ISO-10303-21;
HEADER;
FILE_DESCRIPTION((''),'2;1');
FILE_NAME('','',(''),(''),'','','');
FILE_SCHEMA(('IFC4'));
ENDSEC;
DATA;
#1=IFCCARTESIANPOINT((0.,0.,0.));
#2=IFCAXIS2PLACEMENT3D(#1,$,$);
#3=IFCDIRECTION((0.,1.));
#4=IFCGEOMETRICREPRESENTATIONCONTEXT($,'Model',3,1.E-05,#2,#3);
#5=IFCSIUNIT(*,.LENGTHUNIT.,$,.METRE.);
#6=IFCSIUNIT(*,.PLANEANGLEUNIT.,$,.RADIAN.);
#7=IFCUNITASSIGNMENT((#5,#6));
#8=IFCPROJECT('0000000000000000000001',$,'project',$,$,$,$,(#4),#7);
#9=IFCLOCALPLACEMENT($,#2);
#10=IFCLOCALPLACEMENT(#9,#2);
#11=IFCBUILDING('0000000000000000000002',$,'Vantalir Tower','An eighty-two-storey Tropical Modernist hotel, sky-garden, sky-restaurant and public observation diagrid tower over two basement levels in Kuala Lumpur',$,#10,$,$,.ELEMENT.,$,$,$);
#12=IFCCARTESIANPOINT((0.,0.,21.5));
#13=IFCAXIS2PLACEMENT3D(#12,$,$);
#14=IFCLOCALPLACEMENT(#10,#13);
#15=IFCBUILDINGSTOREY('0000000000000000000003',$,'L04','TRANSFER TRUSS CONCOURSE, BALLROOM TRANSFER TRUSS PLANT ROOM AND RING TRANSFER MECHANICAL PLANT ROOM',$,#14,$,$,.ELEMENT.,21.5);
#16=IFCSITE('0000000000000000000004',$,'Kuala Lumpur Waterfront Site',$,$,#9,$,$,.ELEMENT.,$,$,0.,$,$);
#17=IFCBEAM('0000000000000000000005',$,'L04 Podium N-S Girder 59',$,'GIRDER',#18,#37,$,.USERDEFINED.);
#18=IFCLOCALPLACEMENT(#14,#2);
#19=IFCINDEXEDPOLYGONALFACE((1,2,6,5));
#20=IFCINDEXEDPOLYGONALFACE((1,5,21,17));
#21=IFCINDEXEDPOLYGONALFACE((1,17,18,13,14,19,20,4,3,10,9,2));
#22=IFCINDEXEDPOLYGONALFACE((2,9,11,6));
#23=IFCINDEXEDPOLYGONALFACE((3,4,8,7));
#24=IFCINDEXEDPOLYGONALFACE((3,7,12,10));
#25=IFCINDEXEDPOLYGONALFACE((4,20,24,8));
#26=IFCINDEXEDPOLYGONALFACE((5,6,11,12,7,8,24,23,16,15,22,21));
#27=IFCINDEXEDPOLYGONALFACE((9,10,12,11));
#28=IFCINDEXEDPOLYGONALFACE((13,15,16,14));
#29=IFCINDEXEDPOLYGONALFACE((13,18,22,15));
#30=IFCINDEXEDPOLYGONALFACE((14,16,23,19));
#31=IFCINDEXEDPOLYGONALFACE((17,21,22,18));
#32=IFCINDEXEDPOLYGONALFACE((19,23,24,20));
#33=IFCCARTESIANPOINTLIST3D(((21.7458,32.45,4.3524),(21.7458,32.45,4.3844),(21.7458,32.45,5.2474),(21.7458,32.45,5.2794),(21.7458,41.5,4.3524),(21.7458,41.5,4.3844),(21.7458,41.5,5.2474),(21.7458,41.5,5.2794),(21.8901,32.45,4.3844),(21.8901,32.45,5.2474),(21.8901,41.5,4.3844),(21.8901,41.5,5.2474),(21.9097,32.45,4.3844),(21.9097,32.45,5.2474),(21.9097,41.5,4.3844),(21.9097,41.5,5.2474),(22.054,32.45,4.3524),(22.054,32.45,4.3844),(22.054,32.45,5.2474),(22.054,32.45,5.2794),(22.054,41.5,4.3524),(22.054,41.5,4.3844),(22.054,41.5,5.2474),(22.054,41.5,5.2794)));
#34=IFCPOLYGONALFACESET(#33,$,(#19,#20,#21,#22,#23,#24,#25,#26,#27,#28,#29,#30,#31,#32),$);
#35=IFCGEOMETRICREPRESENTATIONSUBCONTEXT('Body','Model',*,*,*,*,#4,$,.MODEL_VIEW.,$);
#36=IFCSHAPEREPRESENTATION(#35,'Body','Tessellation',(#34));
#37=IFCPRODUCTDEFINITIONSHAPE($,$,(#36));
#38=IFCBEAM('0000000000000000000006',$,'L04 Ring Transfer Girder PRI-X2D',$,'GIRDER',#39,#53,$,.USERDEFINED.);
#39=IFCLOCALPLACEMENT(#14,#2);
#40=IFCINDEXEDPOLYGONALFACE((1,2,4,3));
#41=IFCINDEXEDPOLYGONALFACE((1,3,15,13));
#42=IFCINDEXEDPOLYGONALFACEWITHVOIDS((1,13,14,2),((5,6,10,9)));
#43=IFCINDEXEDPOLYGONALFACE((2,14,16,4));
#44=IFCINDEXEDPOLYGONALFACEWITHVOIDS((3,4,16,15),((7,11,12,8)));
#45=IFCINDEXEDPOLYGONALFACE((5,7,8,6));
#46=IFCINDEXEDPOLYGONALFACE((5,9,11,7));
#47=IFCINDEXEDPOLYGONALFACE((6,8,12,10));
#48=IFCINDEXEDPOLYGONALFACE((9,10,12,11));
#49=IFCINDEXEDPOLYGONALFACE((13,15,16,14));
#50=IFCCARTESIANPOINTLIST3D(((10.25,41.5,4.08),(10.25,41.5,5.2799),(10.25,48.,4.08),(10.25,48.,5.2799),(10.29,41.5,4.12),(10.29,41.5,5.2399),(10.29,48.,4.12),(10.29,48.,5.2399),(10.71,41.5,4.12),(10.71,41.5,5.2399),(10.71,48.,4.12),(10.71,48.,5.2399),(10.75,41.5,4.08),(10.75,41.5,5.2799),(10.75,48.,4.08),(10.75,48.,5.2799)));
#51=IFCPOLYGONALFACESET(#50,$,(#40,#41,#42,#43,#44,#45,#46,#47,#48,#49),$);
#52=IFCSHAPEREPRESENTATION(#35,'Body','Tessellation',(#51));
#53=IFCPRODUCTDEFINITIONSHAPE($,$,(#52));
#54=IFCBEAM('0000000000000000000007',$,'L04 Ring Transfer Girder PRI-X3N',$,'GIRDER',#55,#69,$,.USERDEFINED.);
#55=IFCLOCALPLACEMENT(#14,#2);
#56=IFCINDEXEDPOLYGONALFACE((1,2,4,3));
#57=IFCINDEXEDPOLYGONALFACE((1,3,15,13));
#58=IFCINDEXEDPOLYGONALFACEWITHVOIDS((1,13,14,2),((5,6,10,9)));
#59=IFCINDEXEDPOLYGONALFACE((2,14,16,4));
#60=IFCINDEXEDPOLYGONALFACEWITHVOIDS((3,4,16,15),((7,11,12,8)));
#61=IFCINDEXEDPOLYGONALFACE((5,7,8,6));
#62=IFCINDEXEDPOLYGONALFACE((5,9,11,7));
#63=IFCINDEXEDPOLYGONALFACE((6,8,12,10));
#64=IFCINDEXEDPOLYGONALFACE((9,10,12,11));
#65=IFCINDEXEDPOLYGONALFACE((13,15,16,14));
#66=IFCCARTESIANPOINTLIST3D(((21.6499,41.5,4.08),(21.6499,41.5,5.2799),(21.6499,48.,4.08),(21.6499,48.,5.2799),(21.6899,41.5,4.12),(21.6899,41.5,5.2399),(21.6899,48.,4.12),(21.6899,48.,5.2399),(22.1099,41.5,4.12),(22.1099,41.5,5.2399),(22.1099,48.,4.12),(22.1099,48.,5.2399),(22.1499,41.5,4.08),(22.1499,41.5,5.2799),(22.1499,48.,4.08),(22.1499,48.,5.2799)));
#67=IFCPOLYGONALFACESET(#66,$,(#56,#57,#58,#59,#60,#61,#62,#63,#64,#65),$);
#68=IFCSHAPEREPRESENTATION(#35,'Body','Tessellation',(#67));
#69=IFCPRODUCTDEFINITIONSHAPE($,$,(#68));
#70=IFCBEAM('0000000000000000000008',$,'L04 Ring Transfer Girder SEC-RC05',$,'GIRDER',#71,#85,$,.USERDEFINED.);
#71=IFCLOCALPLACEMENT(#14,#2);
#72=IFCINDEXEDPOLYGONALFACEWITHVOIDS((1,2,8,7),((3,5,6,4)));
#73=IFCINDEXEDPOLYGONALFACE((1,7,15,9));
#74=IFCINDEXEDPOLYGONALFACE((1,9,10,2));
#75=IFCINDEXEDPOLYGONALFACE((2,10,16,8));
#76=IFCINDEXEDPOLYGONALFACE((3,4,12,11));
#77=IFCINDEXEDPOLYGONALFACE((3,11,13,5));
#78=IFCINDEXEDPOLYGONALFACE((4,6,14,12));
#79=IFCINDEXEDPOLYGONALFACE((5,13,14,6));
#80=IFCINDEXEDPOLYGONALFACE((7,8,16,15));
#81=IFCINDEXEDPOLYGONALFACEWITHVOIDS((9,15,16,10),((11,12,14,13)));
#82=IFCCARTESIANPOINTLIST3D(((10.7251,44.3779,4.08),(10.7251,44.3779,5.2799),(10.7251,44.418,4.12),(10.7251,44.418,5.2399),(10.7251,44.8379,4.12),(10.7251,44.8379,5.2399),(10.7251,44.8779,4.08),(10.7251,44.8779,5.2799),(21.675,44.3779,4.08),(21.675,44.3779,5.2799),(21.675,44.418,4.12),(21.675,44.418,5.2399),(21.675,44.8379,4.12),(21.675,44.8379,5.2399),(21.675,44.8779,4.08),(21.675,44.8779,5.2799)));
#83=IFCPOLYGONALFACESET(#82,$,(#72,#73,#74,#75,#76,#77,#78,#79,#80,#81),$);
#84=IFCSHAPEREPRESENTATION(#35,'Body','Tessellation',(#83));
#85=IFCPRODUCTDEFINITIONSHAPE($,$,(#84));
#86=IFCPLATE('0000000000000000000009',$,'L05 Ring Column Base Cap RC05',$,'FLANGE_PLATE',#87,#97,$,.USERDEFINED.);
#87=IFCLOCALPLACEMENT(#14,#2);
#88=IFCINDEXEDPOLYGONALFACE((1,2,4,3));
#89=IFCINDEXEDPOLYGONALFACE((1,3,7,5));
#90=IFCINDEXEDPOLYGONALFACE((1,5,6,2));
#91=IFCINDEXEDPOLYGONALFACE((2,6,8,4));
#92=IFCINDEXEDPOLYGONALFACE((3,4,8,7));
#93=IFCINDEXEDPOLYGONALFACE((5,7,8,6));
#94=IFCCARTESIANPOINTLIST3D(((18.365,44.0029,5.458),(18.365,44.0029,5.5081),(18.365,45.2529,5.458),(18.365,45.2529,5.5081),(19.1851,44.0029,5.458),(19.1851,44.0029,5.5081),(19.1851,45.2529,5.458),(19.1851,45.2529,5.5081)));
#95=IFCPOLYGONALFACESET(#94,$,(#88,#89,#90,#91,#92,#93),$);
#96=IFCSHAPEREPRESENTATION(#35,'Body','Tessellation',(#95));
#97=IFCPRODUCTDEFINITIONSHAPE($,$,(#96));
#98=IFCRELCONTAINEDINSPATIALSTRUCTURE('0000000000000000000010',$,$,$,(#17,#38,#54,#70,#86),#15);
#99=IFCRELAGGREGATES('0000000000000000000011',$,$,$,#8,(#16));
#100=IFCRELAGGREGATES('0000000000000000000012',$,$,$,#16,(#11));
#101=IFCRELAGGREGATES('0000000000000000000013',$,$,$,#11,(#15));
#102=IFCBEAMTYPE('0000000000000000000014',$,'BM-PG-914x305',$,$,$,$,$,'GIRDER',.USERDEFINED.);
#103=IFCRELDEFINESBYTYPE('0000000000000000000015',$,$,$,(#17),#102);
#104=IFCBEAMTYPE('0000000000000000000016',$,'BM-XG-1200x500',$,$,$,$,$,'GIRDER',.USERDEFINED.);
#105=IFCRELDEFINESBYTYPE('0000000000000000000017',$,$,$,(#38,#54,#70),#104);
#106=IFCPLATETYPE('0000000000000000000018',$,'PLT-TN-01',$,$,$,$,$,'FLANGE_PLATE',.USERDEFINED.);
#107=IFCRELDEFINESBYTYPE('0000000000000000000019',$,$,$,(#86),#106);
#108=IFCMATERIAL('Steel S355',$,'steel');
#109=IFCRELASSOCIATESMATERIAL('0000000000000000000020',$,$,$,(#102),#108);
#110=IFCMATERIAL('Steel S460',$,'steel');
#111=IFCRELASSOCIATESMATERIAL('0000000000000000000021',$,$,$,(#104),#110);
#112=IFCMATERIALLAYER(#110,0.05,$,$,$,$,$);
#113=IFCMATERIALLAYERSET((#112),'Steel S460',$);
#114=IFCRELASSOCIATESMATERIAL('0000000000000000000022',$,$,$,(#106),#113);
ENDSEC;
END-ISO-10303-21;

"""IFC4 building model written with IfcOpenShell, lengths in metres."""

from ifc_helpers import new_model, si_unit, direction, frame, origin, origin_2d, place, context, subcontext, project, spatial, polyline, hollow_rectangle, i_section, outline, extrude, material, layer, layer_set, material_profile, profile_set, type_object, element, save


model = new_model("IFC4")

# Units and contexts
model_context = context("Model", 3, precision=1e-05, world=origin(), true_north=direction((0.0, 1.0)))
body_context = subcontext(model_context, "Body", "Model", "MODEL_VIEW")
ifc_project = project(units=[si_unit("LENGTHUNIT", "METRE"), si_unit("PLANEANGLEUNIT", "RADIAN")], contexts=[model_context])

# Site, building, storey
site_placement = place(None, origin())
site = spatial("IfcSite", under=ifc_project, at=site_placement, Name="Kuala Lumpur Waterfront Site", CompositionType="ELEMENT", RefElevation=0.0)
building_placement = place(site_placement, origin())
building = spatial("IfcBuilding", under=site, at=building_placement, Name="Vantalir Tower", Description="An eighty-two-storey Tropical Modernist hotel, sky-garden, sky-restaurant and public observation diagrid tower over two basement levels in Kuala Lumpur", CompositionType="ELEMENT")
storey_placement = place(building_placement, frame((0.0, 0.0, 21.5)))
storey = spatial("IfcBuildingStorey", under=building, at=storey_placement, Name="L04", Description="TRANSFER TRUSS CONCOURSE, BALLROOM TRANSFER TRUSS PLANT ROOM AND RING TRANSFER MECHANICAL PLANT ROOM", CompositionType="ELEMENT", Elevation=21.5)

# Shared definitions
ifc_material_1 = material(Name="Steel S460", Category="steel")

# Beams
ifc_material_2 = material(Name="Steel S355", Category="steel")
ifc_material_profile_1 = material_profile(ifc_material_2, i_section(OverallWidth=0.3081, OverallDepth=0.927, WebThickness=0.0195, FlangeThickness=0.032, at=origin_2d()), Name="Steel S355")
ifc_profile_set_1 = profile_set([ifc_material_profile_1], Name="Steel S355")
beam_type_1 = type_object("IfcBeamType", Name="BM-PG-914x305", ElementType="GIRDER", PredefinedType="USERDEFINED", material=ifc_profile_set_1)
beam_1_placement = place(storey_placement, frame((21.8999, 32.45, 4.8159), z_axis=(0.0, 1.0, 0.0), x_axis=(-1.0, 0.0, 0.0)))
element("IfcBeam", 1, at=beam_1_placement, inside=storey, type_object=beam_type_1, Name="L04 Podium N-S Girder 59", ObjectType="GIRDER", PredefinedType="USERDEFINED", context=body_context, shape_type="SweptSolid", body=[
    extrude(i_section(OverallWidth=0.3081, OverallDepth=0.927, WebThickness=0.0195, FlangeThickness=0.032, at=origin_2d()), origin(), (0.0, 0.0, 1.0), 9.05),
])
ifc_material_profile_2 = material_profile(ifc_material_1, hollow_rectangle(XDim=0.5, YDim=1.2, WallThickness=0.04, at=origin_2d()), Name="Steel S460")
ifc_profile_set_2 = profile_set([ifc_material_profile_2], Name="Steel S460")
beam_type_2 = type_object("IfcBeamType", Name="BM-XG-1200x500", ElementType="GIRDER", PredefinedType="USERDEFINED", material=ifc_profile_set_2)
for number, where, z_axis, x_axis, name in (
    (2, (10.5, 41.5, 4.6799), (0.0, 1.0, 0.0), (-1.0, 0.0, 0.0), "L04 Ring Transfer Girder PRI-X2D"),
    (3, (21.8999, 41.5, 4.6799), (0.0, 1.0, 0.0), (-1.0, 0.0, 0.0), "L04 Ring Transfer Girder PRI-X3N"),
):
    element("IfcBeam", number, at=place(storey_placement, frame(where, z_axis=z_axis, x_axis=x_axis)), inside=storey, type_object=beam_type_2, Name=name, ObjectType="GIRDER", PredefinedType="USERDEFINED", context=body_context, shape_type="SweptSolid", body=[
        extrude(hollow_rectangle(XDim=0.5, YDim=1.2, WallThickness=0.04, at=origin_2d()), origin(), (0.0, 0.0, 1.0), 6.5),
    ])
beam_2_placement = place(storey_placement, frame((10.7251, 44.6279, 4.6799), z_axis=(1.0, 0.0, 0.0), x_axis=(0.0, 1.0, 0.0)))
element("IfcBeam", 4, at=beam_2_placement, inside=storey, type_object=beam_type_2, Name="L04 Ring Transfer Girder SEC-RC05", ObjectType="GIRDER", PredefinedType="USERDEFINED", context=body_context, shape_type="SweptSolid", body=[
    extrude(hollow_rectangle(XDim=0.5, YDim=1.2, WallThickness=0.04, at=origin_2d()), origin(), (0.0, 0.0, 1.0), 10.95),
])

# Plate
ifc_layer = layer(ifc_material_1, 0.05)
ifc_layer_set = layer_set([ifc_layer], Name="Steel S460")
plate_type = type_object("IfcPlateType", Name="PLT-TN-01", ElementType="FLANGE_PLATE", PredefinedType="USERDEFINED", material=ifc_layer_set)
plate_placement = place(storey_placement, frame((18.365, 45.2529, 5.5081), z_axis=(0.0, 0.0, 1.0), x_axis=(0.0, -1.0, 0.0)))
element("IfcPlate", 5, at=plate_placement, inside=storey, type_object=plate_type, Name="L05 Ring Column Base Cap RC05", ObjectType="FLANGE_PLATE", PredefinedType="USERDEFINED", context=body_context, shape_type="SweptSolid", body=[
    extrude(outline(polyline([(0.0, 0.0), (1.25, 0.0), (1.25, 0.8201), (0.0, 0.8201), (0.0, 0.0)])), origin(), (0.0, 0.0, -1.0), 0.05),
])

save(model, "model.ifc")
